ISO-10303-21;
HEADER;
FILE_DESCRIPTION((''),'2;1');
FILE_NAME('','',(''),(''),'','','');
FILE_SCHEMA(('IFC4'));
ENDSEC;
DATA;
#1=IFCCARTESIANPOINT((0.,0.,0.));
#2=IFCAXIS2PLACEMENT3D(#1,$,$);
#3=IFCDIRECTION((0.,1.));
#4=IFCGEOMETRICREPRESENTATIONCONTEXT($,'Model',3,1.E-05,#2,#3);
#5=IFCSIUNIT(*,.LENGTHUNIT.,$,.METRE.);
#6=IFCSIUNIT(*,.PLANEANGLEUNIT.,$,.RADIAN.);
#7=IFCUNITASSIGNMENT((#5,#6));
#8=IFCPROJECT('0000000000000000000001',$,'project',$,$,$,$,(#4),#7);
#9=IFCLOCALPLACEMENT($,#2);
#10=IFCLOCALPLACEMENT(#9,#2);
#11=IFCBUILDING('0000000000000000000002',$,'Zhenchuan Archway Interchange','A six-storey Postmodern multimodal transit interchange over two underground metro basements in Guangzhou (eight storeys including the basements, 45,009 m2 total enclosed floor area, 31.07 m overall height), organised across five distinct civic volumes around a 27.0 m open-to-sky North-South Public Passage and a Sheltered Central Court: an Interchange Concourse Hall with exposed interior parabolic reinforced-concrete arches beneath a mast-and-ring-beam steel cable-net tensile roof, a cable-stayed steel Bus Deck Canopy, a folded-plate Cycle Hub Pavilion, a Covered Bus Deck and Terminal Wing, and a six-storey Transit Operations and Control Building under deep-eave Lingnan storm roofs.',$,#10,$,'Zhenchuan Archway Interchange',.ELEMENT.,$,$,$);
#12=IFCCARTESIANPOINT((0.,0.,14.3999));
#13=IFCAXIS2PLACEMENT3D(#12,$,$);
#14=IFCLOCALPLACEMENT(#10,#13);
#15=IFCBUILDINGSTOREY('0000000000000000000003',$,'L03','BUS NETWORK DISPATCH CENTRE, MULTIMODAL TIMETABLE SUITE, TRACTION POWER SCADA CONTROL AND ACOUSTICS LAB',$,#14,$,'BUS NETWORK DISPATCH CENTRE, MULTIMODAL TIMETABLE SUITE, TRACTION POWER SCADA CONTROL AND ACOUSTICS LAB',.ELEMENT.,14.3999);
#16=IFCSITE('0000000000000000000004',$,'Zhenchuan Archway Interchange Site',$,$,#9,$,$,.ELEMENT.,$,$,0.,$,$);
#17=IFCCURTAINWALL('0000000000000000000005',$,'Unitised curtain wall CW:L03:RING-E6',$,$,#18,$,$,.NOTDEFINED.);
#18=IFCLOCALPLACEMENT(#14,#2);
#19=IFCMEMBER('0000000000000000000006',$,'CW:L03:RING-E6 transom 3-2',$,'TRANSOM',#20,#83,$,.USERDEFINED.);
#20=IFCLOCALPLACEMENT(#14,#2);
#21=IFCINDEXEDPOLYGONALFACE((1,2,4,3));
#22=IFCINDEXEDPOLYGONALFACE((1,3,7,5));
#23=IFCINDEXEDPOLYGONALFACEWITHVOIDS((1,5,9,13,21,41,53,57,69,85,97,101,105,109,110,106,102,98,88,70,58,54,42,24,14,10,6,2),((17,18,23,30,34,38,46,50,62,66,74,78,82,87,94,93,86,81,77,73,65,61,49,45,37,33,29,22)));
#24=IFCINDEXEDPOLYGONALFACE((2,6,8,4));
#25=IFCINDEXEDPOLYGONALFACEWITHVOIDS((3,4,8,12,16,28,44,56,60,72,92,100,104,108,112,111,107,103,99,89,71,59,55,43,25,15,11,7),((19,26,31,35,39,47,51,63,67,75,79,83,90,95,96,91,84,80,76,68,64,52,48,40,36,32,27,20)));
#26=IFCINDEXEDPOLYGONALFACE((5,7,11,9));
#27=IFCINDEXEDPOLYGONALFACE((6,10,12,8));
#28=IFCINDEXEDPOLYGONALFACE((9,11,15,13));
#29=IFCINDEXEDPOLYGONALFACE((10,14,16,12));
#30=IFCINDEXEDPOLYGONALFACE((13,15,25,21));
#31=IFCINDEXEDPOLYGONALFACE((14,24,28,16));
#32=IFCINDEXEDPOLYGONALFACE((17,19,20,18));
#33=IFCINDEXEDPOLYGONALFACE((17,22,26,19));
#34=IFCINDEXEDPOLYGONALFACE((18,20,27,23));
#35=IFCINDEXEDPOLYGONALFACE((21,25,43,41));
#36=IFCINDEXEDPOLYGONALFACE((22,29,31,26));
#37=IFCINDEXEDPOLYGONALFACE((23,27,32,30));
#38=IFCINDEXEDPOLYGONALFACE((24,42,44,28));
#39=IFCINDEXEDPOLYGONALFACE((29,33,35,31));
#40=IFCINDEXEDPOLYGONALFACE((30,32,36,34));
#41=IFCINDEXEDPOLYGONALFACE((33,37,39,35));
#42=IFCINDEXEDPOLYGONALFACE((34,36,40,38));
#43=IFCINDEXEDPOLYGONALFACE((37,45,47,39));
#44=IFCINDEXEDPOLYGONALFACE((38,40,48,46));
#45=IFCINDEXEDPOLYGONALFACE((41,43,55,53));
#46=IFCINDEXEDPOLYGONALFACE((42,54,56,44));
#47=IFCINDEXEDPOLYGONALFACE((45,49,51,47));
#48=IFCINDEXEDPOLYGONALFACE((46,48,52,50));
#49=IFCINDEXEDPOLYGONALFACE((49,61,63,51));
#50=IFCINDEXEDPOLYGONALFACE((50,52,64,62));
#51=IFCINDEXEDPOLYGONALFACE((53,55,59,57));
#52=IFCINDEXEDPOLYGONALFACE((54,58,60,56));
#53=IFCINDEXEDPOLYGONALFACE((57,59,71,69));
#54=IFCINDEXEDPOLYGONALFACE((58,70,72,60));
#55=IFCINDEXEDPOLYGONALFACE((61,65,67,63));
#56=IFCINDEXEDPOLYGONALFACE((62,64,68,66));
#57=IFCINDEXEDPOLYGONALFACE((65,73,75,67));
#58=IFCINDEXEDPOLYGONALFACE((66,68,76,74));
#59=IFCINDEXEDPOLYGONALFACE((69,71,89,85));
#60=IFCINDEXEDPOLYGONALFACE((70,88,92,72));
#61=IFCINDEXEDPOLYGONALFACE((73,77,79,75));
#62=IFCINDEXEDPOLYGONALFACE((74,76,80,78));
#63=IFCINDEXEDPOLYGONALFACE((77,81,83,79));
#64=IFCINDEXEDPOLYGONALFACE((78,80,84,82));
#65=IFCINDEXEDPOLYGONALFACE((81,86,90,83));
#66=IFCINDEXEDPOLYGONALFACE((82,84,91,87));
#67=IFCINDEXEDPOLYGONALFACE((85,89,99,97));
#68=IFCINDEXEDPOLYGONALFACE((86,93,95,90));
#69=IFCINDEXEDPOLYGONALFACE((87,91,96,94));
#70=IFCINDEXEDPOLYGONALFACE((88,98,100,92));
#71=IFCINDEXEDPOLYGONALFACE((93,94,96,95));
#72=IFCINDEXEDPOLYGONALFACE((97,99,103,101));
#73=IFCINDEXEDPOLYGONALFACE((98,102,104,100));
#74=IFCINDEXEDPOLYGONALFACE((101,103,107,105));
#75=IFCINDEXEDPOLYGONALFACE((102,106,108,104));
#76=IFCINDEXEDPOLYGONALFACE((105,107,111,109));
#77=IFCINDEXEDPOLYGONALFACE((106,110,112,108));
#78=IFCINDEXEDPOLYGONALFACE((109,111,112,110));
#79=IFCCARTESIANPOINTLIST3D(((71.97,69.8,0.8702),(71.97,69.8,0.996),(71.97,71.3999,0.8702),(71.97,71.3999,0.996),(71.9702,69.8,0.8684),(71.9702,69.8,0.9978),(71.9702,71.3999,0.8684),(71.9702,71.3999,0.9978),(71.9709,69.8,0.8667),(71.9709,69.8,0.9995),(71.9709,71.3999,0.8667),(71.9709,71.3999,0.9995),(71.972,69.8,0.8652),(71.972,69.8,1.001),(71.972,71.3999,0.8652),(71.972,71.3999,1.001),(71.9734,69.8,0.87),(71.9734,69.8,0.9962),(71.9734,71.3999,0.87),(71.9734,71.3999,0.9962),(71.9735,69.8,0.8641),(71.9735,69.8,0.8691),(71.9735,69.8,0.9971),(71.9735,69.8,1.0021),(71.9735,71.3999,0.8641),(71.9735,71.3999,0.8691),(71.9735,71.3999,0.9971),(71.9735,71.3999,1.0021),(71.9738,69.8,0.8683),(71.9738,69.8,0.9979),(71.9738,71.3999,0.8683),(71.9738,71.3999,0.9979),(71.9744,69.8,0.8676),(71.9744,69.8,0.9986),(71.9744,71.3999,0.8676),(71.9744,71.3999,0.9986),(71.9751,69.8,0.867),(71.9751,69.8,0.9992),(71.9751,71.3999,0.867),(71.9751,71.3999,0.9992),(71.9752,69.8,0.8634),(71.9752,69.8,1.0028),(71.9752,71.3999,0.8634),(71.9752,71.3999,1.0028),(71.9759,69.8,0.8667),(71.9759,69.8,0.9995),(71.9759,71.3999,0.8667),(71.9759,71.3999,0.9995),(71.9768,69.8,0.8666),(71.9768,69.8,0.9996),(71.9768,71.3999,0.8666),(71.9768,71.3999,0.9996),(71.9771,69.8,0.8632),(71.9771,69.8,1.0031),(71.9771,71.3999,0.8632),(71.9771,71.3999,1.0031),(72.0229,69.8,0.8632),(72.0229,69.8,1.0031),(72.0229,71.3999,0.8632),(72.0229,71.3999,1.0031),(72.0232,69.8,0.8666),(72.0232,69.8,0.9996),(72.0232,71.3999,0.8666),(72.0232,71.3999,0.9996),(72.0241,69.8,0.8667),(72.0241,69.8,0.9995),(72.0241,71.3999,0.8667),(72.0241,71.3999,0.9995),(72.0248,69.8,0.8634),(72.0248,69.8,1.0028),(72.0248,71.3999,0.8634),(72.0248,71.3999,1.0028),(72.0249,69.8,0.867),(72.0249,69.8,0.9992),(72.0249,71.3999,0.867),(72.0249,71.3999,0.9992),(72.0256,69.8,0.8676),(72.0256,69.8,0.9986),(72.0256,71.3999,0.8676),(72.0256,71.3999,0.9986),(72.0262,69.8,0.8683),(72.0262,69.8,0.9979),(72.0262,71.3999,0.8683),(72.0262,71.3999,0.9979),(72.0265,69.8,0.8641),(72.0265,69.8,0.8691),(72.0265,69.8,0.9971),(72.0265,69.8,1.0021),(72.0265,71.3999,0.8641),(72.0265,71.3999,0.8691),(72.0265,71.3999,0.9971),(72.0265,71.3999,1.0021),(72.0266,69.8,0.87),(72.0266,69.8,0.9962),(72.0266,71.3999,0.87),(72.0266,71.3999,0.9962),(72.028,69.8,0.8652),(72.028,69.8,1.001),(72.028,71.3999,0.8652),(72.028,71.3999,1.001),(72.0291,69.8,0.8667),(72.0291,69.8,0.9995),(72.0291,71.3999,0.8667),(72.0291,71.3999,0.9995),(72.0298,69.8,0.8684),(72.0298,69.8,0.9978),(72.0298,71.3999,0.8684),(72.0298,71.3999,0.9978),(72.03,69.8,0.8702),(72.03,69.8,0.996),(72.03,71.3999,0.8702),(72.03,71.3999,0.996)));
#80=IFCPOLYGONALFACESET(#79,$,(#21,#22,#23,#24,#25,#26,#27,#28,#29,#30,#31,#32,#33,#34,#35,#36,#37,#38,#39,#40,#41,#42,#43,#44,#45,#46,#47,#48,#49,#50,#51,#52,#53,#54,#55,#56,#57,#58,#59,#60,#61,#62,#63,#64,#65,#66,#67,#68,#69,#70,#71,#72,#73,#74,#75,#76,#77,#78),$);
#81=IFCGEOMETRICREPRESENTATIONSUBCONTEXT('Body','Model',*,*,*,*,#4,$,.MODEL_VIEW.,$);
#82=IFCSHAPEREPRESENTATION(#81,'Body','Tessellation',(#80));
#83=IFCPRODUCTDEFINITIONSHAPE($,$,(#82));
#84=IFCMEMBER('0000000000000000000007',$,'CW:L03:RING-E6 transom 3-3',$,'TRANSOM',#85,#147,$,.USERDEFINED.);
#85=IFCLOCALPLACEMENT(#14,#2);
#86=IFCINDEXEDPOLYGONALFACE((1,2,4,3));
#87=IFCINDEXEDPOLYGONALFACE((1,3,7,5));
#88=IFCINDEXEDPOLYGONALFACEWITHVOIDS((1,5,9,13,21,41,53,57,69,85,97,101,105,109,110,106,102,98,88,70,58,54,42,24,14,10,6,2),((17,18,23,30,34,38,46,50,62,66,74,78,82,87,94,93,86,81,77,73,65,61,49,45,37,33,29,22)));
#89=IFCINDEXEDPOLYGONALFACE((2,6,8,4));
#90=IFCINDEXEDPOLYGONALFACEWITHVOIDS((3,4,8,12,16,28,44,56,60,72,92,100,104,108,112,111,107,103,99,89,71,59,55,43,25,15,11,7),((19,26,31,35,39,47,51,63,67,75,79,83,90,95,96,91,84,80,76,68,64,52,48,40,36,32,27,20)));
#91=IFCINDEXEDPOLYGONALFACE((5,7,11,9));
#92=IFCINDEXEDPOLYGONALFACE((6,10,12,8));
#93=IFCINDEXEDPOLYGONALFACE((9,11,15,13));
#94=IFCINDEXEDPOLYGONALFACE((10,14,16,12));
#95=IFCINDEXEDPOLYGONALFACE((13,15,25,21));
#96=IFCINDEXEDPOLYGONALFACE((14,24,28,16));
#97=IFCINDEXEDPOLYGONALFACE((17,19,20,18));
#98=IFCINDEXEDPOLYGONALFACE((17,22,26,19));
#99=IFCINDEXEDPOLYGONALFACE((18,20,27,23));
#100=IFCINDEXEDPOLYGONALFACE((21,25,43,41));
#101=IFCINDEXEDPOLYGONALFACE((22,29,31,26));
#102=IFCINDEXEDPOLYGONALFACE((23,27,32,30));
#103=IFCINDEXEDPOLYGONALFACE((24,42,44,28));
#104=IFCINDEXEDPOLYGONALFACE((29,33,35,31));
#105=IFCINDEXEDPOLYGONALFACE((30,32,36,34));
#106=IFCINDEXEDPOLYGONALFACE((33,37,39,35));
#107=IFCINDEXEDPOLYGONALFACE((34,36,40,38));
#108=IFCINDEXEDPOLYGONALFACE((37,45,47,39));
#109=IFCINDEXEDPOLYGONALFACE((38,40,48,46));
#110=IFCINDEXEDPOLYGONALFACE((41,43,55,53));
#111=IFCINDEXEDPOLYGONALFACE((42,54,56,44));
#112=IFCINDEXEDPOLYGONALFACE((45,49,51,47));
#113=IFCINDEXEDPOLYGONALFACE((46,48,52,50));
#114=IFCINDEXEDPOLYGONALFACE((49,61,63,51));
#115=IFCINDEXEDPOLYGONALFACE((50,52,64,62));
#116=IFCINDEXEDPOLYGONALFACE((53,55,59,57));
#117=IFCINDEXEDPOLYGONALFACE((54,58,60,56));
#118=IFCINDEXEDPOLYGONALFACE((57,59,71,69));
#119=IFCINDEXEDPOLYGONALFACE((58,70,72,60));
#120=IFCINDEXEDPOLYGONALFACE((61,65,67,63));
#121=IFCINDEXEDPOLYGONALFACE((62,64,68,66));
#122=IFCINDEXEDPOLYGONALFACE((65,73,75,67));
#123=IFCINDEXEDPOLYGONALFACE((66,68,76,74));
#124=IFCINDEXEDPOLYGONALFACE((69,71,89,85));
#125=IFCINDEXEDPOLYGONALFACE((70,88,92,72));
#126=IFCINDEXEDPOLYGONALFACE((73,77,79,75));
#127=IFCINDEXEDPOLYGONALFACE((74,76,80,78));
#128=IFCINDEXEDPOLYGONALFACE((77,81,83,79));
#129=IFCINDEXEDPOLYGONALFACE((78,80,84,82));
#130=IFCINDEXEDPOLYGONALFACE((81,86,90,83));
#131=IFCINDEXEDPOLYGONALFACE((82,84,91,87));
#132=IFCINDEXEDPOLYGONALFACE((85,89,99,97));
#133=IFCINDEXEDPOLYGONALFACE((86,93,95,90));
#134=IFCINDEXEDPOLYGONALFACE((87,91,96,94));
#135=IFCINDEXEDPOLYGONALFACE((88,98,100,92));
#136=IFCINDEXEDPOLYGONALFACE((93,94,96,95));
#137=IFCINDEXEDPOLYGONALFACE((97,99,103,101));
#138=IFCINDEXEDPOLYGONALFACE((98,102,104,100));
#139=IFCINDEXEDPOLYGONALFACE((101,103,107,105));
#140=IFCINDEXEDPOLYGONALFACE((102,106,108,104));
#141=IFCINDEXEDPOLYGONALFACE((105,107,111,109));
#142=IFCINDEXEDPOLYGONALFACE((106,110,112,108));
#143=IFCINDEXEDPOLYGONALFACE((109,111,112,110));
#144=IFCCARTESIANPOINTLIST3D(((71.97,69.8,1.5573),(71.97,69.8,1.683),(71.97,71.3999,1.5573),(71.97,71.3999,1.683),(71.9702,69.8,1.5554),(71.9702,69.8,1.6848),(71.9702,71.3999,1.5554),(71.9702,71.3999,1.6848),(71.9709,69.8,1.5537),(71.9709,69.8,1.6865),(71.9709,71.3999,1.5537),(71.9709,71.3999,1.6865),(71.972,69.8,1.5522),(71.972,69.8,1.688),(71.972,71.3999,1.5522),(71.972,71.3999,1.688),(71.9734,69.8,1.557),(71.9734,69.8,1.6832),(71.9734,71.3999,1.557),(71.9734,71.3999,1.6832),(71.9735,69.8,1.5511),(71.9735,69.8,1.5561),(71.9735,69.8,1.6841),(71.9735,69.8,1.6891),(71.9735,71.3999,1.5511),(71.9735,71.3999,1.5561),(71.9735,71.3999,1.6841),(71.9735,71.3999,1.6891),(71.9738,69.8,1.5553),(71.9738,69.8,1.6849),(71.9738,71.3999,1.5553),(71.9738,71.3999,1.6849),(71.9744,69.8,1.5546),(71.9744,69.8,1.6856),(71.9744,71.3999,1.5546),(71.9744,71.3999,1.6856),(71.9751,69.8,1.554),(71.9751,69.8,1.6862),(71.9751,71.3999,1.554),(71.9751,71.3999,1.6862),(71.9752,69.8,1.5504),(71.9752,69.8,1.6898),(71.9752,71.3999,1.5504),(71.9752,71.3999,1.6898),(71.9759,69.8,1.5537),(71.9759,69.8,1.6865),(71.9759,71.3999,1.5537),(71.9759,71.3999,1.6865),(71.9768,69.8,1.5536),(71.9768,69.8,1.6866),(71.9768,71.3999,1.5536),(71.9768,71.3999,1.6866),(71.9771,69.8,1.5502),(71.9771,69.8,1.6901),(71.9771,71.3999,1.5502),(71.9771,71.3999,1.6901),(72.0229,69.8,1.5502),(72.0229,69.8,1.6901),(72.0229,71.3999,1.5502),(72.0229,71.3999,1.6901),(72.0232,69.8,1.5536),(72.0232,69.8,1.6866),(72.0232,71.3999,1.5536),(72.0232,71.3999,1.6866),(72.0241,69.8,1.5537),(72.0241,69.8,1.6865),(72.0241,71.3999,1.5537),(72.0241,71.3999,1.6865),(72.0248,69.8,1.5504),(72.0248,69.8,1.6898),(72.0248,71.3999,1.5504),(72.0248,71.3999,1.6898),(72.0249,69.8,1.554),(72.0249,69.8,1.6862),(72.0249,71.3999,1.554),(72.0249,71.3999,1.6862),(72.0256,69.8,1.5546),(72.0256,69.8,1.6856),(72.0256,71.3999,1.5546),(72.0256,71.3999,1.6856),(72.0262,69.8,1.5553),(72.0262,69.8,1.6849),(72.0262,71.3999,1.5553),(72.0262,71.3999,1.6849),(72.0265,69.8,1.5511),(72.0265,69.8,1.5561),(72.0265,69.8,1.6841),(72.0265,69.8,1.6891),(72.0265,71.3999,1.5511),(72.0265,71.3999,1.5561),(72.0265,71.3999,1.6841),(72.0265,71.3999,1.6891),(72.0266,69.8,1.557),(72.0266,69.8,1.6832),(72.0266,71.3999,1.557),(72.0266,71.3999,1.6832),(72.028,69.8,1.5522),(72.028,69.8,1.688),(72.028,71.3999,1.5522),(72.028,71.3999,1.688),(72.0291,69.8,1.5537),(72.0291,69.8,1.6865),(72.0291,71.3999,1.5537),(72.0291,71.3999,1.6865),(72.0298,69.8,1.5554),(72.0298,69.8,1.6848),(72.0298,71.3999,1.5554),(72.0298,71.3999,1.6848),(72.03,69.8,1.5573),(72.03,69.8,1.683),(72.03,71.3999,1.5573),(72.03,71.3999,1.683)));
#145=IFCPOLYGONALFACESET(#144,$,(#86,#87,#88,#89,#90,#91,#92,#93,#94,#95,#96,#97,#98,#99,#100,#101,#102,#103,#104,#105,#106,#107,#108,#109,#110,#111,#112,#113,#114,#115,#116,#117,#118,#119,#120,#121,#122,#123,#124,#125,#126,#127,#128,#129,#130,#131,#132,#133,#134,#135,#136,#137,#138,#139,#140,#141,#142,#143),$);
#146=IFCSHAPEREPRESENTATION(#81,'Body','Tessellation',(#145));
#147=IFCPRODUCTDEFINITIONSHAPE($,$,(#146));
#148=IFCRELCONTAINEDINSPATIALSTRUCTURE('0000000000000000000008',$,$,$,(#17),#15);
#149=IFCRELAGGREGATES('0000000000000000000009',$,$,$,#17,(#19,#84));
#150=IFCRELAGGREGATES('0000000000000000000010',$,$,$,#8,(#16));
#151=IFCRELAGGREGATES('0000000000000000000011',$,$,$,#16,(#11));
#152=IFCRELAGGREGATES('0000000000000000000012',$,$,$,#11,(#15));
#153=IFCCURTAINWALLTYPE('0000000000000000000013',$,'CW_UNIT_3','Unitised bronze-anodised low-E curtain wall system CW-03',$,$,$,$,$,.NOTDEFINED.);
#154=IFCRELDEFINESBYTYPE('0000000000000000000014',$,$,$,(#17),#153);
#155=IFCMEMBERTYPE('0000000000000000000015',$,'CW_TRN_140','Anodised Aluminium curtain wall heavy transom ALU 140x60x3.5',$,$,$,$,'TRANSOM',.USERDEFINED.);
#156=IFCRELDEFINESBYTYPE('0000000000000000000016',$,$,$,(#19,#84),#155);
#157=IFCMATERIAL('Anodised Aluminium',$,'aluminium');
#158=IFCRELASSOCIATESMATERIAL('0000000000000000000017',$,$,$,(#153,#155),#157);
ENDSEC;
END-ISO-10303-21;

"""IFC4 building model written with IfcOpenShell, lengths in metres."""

from ifc_helpers import new_model, si_unit, direction, frame, origin, origin_2d, place, context, subcontext, project, spatial, hollow_rectangle, extrude, material, material_profile, profile_set, type_object, element, aggregate, save


model = new_model("IFC4")

# Units and contexts
model_context = context("Model", 3, precision=1e-05, world=origin(), true_north=direction((0.0, 1.0)))
body_context = subcontext(model_context, "Body", "Model", "MODEL_VIEW")
ifc_project = project(units=[si_unit("LENGTHUNIT", "METRE"), si_unit("PLANEANGLEUNIT", "RADIAN")], contexts=[model_context])

# Site, building, storey
site_placement = place(None, origin())
site = spatial("IfcSite", under=ifc_project, at=site_placement, Name="Zhenchuan Archway Interchange Site", CompositionType="ELEMENT", RefElevation=0.0)
building_placement = place(site_placement, origin())
building = spatial("IfcBuilding", under=site, at=building_placement, Name="Zhenchuan Archway Interchange", Description="A six-storey Postmodern multimodal transit interchange over two underground metro basements in Guangzhou (eight storeys including the basements, 45,009 m2 total enclosed floor area, 31.07 m overall height), organised across five distinct civic volumes around a 27.0 m open-to-sky North-South Public Passage and a Sheltered Central Court: an Interchange Concourse Hall with exposed interior parabolic reinforced-concrete arches beneath a mast-and-ring-beam steel cable-net tensile roof, a cable-stayed steel Bus Deck Canopy, a folded-plate Cycle Hub Pavilion, a Covered Bus Deck and Terminal Wing, and a six-storey Transit Operations and Control Building under deep-eave Lingnan storm roofs.", LongName="Zhenchuan Archway Interchange", CompositionType="ELEMENT")
storey_placement = place(building_placement, frame((0.0, 0.0, 14.3999)))
storey = spatial("IfcBuildingStorey", under=building, at=storey_placement, Name="L03", Description="BUS NETWORK DISPATCH CENTRE, MULTIMODAL TIMETABLE SUITE, TRACTION POWER SCADA CONTROL AND ACOUSTICS LAB", LongName="BUS NETWORK DISPATCH CENTRE, MULTIMODAL TIMETABLE SUITE, TRACTION POWER SCADA CONTROL AND ACOUSTICS LAB", CompositionType="ELEMENT", Elevation=14.3999)

# Curtain wall
ifc_material_1 = material(Name="Anodised Aluminium", Category="aluminium")
curtain_wall_type = type_object("IfcCurtainWallType", Name="CW_UNIT_3", Description="Unitised bronze-anodised low-E curtain wall system CW-03", PredefinedType="NOTDEFINED", material=ifc_material_1)
curtain_wall_1_placement = place(storey_placement, origin())
curtain_wall_1 = element("IfcCurtainWall", 1, at=curtain_wall_1_placement, inside=storey, type_object=curtain_wall_type, Name="Unitised curtain wall CW:L03:RING-E6", PredefinedType="NOTDEFINED")

# Members
ifc_material_profile_1 = material_profile(ifc_material_1, hollow_rectangle(XDim=0.0601, YDim=0.1399, WallThickness=0.0034, InnerFilletRadius=0.0034, OuterFilletRadius=0.0071, at=origin_2d()), Name="ALU 140x60x3.5")
ifc_profile_set_1 = profile_set([ifc_material_profile_1], Name="Anodised Aluminium")
member_type_1 = type_object("IfcMemberType", Name="CW_TRN_140", Description="Anodised Aluminium curtain wall heavy transom ALU 140x60x3.5", ElementType="TRANSOM", PredefinedType="USERDEFINED", material=ifc_profile_set_1)
member_1_placement = place(storey_placement, frame((72.0, 69.8, 0.9331), z_axis=(0.0, 1.0, 0.0), x_axis=(-1.0, 0.0, 0.0)))
member_1 = element("IfcMember", 2, at=member_1_placement, type_object=member_type_1, Name="CW:L03:RING-E6 transom 3-2", ObjectType="TRANSOM", PredefinedType="USERDEFINED", context=body_context, shape_type="SweptSolid", body=[
    extrude(hollow_rectangle(XDim=0.0601, YDim=0.1399, WallThickness=0.0034, InnerFilletRadius=0.0034, OuterFilletRadius=0.0071, at=origin_2d()), origin(), (0.0, 0.0, 1.0), 1.5999),
])
member_2_placement = place(storey_placement, frame((72.0, 69.8, 1.6201), z_axis=(0.0, 1.0, 0.0), x_axis=(-1.0, 0.0, 0.0)))
member_2 = element("IfcMember", 3, at=member_2_placement, type_object=member_type_1, Name="CW:L03:RING-E6 transom 3-3", ObjectType="TRANSOM", PredefinedType="USERDEFINED", context=body_context, shape_type="SweptSolid", body=[
    extrude(hollow_rectangle(XDim=0.0601, YDim=0.1399, WallThickness=0.0034, InnerFilletRadius=0.0034, OuterFilletRadius=0.0071, at=origin_2d()), origin(), (0.0, 0.0, 1.0), 1.5999),
])

aggregate(curtain_wall_1, [member_1, member_2])

save(model, "model.ifc")
